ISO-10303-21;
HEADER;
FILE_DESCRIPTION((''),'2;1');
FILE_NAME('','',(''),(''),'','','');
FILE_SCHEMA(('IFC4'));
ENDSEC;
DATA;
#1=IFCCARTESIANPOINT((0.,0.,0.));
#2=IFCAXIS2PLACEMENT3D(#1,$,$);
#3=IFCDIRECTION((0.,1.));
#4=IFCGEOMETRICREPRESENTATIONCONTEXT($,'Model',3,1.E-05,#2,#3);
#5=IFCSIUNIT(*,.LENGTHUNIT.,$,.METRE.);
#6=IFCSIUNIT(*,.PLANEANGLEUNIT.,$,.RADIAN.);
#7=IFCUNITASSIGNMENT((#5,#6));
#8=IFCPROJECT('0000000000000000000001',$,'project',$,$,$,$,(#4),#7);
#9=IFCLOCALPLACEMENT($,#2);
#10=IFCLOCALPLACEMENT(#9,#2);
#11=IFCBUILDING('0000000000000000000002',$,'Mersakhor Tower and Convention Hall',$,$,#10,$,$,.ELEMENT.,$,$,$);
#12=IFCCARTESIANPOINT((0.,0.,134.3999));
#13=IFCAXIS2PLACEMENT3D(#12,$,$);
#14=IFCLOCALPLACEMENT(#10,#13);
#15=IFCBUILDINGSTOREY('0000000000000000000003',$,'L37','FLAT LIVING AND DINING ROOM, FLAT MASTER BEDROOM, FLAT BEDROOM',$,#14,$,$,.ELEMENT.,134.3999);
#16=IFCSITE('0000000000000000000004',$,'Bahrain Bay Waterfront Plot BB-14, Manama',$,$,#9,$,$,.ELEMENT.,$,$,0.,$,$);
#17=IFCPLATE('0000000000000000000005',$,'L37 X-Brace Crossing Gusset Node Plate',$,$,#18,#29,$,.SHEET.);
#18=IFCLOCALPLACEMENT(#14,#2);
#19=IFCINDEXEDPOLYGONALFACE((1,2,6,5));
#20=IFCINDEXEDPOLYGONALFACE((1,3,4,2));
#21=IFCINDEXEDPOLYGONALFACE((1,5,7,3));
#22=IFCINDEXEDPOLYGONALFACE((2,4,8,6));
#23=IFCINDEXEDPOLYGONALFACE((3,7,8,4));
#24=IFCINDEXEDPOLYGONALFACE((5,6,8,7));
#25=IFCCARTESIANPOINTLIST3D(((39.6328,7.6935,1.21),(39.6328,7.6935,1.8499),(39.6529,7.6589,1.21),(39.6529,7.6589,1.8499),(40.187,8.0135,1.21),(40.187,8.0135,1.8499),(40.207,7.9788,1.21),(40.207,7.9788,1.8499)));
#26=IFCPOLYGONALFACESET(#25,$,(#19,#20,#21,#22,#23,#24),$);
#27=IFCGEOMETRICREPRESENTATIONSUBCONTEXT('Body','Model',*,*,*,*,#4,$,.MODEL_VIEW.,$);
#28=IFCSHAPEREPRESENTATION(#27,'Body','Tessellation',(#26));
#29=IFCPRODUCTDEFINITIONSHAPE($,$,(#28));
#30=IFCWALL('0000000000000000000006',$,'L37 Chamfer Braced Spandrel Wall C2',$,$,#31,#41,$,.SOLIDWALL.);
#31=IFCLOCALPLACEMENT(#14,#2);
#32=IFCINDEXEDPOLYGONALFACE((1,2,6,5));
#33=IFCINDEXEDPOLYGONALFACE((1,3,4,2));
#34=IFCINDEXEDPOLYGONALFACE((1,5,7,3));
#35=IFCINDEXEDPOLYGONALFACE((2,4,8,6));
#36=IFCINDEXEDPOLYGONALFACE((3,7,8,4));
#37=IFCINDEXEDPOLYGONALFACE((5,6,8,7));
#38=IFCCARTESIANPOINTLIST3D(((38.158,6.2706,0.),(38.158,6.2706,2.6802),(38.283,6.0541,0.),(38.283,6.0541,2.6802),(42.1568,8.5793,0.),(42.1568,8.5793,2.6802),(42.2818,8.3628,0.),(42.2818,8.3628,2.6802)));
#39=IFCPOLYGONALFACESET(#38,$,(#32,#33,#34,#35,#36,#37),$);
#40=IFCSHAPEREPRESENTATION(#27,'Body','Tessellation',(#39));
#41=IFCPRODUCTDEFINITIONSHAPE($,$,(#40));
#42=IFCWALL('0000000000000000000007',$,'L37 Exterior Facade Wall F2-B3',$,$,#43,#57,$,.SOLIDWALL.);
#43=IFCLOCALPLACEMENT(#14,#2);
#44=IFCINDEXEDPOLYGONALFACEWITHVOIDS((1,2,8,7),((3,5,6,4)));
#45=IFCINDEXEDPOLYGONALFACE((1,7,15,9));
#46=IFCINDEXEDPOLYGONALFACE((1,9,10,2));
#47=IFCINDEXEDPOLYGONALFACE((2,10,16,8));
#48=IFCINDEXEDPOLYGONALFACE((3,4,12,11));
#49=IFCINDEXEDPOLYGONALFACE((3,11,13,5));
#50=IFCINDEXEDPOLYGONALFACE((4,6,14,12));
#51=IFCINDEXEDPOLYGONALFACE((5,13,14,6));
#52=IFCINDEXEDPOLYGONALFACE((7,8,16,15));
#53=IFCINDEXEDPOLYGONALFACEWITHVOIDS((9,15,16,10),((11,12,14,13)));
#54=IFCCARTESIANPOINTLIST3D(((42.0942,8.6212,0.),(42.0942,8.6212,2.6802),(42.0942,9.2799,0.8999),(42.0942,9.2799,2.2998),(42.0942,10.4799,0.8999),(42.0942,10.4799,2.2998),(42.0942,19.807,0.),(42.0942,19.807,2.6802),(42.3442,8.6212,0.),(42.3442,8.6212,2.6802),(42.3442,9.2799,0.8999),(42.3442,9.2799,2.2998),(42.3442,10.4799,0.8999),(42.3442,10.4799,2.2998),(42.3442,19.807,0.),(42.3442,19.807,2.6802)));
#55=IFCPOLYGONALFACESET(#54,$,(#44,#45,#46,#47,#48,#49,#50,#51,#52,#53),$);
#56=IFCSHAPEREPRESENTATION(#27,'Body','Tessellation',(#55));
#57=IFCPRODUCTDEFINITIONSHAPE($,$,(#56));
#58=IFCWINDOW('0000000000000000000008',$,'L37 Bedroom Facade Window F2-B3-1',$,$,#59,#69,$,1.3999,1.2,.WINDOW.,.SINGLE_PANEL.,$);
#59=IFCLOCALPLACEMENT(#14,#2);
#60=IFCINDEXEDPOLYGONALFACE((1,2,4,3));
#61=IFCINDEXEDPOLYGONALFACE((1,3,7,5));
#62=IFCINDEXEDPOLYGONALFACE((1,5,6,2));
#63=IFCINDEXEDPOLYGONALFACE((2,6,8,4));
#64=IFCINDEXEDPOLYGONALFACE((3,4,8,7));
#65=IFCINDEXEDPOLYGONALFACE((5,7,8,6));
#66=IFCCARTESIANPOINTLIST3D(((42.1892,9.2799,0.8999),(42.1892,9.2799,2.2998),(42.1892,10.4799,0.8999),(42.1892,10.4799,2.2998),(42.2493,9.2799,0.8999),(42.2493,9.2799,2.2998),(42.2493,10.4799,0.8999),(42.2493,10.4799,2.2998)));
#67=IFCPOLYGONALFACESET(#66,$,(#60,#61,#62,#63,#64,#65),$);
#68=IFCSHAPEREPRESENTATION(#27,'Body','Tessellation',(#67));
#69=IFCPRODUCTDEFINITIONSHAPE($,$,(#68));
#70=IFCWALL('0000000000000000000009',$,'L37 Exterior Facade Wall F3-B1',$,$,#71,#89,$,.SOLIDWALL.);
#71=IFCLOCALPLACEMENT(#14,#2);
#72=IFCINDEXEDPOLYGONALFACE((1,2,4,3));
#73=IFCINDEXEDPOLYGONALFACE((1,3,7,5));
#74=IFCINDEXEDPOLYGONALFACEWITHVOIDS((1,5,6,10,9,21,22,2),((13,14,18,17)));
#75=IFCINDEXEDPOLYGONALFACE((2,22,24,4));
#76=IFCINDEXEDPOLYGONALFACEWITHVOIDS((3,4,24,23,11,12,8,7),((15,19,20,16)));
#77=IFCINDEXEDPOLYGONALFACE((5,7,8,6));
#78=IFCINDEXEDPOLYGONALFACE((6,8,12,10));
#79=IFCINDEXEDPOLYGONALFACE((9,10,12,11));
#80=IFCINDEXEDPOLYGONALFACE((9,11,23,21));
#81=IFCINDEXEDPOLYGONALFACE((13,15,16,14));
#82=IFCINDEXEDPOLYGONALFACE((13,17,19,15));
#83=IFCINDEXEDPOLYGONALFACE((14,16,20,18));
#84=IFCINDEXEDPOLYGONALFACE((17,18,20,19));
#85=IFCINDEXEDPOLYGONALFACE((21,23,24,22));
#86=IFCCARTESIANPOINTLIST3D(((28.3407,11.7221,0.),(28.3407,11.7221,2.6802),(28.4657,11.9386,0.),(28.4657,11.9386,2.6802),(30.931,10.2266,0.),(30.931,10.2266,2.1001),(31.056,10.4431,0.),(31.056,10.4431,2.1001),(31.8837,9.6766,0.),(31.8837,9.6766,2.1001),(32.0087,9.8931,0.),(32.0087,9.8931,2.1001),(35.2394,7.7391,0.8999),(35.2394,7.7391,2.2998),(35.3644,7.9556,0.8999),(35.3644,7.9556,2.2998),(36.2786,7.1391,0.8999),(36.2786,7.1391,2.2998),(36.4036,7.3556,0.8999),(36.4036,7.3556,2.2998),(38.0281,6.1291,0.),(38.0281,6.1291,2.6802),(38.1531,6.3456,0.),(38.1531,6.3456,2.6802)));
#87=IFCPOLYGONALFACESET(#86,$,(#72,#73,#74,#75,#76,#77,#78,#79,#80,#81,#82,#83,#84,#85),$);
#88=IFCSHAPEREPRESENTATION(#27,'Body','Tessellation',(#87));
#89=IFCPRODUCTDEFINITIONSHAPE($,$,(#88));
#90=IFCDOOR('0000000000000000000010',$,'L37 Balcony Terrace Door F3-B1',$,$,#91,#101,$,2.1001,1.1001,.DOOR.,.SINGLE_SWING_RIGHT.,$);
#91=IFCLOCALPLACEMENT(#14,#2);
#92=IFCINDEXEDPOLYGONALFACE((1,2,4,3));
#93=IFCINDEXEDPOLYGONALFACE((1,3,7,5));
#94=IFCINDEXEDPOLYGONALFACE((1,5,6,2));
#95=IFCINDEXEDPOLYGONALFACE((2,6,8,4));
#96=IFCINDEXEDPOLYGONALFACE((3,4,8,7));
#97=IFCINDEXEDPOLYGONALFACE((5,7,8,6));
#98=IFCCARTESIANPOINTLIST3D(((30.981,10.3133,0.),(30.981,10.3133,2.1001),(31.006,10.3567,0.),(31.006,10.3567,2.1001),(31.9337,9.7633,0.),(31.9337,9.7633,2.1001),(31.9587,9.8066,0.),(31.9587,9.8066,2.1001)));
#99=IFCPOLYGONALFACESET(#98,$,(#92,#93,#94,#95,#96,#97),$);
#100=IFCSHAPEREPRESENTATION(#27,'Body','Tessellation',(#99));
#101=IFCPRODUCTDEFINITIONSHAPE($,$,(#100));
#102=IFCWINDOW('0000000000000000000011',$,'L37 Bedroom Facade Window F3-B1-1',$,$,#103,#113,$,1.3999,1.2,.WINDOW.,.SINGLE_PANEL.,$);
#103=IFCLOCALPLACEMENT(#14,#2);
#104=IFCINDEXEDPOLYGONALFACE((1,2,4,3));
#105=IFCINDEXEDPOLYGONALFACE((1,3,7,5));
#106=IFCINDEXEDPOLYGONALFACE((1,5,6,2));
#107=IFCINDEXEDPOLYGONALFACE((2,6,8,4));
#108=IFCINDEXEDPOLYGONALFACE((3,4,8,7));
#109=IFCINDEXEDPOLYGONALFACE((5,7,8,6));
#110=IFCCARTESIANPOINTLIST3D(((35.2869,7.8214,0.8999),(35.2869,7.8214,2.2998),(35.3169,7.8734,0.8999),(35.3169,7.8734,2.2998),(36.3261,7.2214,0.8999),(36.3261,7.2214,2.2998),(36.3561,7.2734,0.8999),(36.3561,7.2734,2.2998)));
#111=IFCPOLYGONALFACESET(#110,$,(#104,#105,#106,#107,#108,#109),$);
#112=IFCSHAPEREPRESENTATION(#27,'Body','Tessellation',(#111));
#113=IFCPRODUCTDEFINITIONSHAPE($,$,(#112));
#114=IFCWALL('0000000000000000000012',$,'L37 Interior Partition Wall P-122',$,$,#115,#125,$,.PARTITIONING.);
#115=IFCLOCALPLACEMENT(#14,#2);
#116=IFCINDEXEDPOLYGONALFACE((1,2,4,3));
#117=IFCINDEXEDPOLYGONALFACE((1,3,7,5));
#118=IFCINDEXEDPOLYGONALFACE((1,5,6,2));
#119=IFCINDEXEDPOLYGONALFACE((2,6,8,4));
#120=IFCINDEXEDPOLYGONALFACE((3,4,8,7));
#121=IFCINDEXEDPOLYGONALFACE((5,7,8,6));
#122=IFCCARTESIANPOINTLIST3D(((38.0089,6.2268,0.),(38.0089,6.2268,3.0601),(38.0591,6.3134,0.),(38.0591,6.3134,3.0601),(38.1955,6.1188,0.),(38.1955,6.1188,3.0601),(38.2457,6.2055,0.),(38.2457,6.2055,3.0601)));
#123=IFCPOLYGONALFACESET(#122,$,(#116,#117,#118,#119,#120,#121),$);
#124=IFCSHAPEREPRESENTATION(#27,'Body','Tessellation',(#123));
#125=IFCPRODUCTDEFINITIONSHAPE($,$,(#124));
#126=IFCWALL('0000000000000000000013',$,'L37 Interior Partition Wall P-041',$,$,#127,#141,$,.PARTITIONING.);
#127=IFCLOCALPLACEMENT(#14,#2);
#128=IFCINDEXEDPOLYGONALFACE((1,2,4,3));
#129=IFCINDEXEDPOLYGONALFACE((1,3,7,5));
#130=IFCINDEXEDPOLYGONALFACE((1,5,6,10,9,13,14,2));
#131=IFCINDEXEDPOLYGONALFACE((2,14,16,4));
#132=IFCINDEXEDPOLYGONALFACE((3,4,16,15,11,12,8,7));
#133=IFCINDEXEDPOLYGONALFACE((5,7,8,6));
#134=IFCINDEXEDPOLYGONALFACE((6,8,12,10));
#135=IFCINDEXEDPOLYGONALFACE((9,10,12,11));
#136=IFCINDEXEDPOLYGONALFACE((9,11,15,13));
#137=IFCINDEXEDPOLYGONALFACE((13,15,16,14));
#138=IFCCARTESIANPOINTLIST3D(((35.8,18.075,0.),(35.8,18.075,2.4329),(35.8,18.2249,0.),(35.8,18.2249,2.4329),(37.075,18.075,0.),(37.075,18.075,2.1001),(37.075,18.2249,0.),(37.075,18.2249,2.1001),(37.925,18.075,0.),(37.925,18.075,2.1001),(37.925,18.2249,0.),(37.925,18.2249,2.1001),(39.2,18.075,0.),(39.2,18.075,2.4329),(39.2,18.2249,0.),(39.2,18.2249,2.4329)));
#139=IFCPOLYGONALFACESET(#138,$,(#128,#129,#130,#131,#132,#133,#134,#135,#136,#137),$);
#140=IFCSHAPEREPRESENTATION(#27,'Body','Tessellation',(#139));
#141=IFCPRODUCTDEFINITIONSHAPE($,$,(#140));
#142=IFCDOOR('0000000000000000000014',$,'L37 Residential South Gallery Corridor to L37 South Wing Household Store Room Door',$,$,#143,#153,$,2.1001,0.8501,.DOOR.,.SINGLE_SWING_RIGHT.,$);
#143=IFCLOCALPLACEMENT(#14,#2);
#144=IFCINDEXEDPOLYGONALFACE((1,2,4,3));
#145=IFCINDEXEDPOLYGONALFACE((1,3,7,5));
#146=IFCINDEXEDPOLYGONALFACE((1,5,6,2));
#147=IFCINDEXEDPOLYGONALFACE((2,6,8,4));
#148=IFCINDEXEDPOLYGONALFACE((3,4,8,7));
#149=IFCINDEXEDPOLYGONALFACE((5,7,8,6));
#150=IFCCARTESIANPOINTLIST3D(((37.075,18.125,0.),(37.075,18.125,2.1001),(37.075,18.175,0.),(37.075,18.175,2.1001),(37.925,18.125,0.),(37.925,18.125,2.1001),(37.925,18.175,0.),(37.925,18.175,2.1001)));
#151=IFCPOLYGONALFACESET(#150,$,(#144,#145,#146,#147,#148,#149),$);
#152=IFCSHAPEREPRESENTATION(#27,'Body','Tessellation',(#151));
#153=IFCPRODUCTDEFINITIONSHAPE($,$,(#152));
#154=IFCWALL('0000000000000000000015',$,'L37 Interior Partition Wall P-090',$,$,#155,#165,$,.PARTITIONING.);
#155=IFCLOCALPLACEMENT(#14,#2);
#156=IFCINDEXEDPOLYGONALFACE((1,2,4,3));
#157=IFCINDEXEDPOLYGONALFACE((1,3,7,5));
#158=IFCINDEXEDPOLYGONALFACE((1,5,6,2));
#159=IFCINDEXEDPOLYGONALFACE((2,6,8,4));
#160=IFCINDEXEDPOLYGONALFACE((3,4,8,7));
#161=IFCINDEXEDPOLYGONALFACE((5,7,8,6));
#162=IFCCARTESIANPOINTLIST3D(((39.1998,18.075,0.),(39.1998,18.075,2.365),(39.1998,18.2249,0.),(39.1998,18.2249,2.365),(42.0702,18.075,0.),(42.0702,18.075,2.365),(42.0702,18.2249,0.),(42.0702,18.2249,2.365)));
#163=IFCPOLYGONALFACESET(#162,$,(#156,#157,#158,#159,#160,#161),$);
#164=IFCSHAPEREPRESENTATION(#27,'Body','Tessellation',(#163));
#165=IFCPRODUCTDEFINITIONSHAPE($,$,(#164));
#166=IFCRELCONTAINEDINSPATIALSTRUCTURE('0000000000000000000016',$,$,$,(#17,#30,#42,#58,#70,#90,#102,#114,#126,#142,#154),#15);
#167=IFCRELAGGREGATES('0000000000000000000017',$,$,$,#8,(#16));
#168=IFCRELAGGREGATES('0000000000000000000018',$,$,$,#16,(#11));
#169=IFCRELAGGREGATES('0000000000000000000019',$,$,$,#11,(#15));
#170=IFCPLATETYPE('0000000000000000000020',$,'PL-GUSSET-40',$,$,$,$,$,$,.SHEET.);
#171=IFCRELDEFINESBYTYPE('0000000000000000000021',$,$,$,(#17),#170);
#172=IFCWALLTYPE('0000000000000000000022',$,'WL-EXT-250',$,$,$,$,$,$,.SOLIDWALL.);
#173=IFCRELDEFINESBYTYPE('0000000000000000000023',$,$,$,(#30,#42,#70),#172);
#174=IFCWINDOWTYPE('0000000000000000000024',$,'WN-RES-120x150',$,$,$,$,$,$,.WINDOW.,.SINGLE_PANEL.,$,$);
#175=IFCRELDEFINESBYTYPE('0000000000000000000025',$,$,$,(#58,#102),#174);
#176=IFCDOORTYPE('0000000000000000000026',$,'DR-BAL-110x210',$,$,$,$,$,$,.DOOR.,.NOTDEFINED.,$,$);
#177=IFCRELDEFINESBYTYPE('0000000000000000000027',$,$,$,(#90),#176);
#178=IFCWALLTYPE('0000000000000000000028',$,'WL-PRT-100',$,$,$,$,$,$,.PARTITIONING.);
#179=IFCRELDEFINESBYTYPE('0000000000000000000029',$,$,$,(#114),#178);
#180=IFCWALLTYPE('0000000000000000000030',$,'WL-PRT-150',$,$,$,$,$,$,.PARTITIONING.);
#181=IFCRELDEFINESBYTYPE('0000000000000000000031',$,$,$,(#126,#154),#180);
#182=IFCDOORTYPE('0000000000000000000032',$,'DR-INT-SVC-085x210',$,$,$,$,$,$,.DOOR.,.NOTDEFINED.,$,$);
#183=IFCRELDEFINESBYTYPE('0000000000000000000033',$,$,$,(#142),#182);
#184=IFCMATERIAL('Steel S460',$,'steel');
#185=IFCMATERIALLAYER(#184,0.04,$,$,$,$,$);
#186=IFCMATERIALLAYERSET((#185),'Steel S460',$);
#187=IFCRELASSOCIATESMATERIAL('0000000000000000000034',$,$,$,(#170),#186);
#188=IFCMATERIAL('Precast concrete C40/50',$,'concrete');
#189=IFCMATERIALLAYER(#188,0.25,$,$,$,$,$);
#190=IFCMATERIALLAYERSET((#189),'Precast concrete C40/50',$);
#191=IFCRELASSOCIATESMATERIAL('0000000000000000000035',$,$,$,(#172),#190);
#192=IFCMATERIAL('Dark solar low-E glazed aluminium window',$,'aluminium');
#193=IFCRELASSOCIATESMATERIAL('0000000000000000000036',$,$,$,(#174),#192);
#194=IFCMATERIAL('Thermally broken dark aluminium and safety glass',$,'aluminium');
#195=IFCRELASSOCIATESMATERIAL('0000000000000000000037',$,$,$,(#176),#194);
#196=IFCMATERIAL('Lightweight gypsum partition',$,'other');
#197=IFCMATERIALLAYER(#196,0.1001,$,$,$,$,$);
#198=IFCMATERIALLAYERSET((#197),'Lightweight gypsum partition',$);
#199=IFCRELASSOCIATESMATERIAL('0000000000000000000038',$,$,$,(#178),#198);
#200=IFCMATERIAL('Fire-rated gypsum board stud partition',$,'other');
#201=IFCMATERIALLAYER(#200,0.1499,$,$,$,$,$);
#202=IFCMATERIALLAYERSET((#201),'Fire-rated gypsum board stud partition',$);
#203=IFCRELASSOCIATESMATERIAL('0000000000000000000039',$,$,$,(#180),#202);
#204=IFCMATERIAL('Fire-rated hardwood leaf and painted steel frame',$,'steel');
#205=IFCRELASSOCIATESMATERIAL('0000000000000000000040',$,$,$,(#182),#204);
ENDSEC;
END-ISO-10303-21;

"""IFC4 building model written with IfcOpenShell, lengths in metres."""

from ifc_helpers import new_model, si_unit, direction, frame, frame_2d, origin, origin_2d, place, context, subcontext, project, spatial, rectangle, extrude, material, layer, layer_set, type_object, element, fill, save


model = new_model("IFC4")

# Units and contexts
model_context = context("Model", 3, precision=1e-05, world=origin(), true_north=direction((0.0, 1.0)))
body_context = subcontext(model_context, "Body", "Model", "MODEL_VIEW")
ifc_project = project(units=[si_unit("LENGTHUNIT", "METRE"), si_unit("PLANEANGLEUNIT", "RADIAN")], contexts=[model_context])

# Site, building, storey
site_placement = place(None, origin())
site = spatial("IfcSite", under=ifc_project, at=site_placement, Name="Bahrain Bay Waterfront Plot BB-14, Manama", CompositionType="ELEMENT", RefElevation=0.0)
building_placement = place(site_placement, origin())
building = spatial("IfcBuilding", under=site, at=building_placement, Name="Mersakhor Tower and Convention Hall", CompositionType="ELEMENT")
storey_placement = place(building_placement, frame((0.0, 0.0, 134.3999)))
storey = spatial("IfcBuildingStorey", under=building, at=storey_placement, Name="L37", Description="FLAT LIVING AND DINING ROOM, FLAT MASTER BEDROOM, FLAT BEDROOM", CompositionType="ELEMENT", Elevation=134.3999)

# Plate
ifc_material_1 = material(Name="Steel S460", Category="steel")
ifc_layer_1 = layer(ifc_material_1, 0.04)
ifc_layer_set_1 = layer_set([ifc_layer_1], Name="Steel S460")
plate_type_1 = type_object("IfcPlateType", Name="PL-GUSSET-40", PredefinedType="SHEET", material=ifc_layer_set_1)
plate_1_placement = place(storey_placement, frame((39.9199, 7.8362, 1.21), z_axis=(0.0, 0.0, 1.0), x_axis=(0.866025, 0.5, 0.0)))
element("IfcPlate", 1, at=plate_1_placement, inside=storey, type_object=plate_type_1, Name="L37 X-Brace Crossing Gusset Node Plate", PredefinedType="SHEET", context=body_context, shape_type="SweptSolid", body=[
    extrude(rectangle(XDim=0.6399, YDim=0.04, at=origin_2d()), origin(), (0.0, 0.0, 1.0), 0.6399),
])

# Wall
ifc_material_2 = material(Name="Precast concrete C40/50", Category="concrete")
ifc_layer_2 = layer(ifc_material_2, 0.25)
ifc_layer_set_2 = layer_set([ifc_layer_2], Name="Precast concrete C40/50")
wall_type_1 = type_object("IfcWallType", Name="WL-EXT-250", PredefinedType="SOLIDWALL", material=ifc_layer_set_2)
wall_1_placement = place(storey_placement, frame((42.2192, 8.4709, 0.0), z_axis=(0.0, 0.0, 1.0), x_axis=(-0.866035, -0.499983, 0.0)))
element("IfcWall", 2, at=wall_1_placement, inside=storey, type_object=wall_type_1, Name="L37 Chamfer Braced Spandrel Wall C2", PredefinedType="SOLIDWALL", context=body_context, shape_type="SweptSolid", body=[
    extrude(rectangle(XDim=4.6174, YDim=0.25, at=frame_2d((2.3086, 0.0))), origin(), (0.0, 0.0, 1.0), 2.6802),
])

# Wall, opening, window
wall_2_placement = place(storey_placement, frame((42.2192, 19.8069, 0.0), z_axis=(0.0, 0.0, 1.0), x_axis=(0.0, -1.0, 0.0)))
wall_2 = element("IfcWall", 3, at=wall_2_placement, inside=storey, type_object=wall_type_1, Name="L37 Exterior Facade Wall F2-B3", PredefinedType="SOLIDWALL", context=body_context, shape_type="SweptSolid", body=[
    extrude(rectangle(XDim=11.1858, YDim=0.25, at=frame_2d((5.5928, 0.0))), origin(), (0.0, 0.0, 1.0), 2.6802),
])
opening_1_placement = place(wall_2_placement, frame((9.3269, 0.0, 0.8999)))
opening_1 = element("IfcOpeningElement", 4, at=opening_1_placement, cuts=wall_2, PredefinedType="OPENING", context=body_context, shape_type="SweptSolid", body=[
    extrude(rectangle(XDim=1.2, YDim=1.3999, at=frame_2d((0.6001, 0.7))), frame((0.0, 0.135, 0.0), z_axis=(0.0, -1.0, 0.0), x_axis=(1.0, 0.0, 0.0)), (0.0, 0.0, 1.0), 0.27),
])
ifc_material_3 = material(Name="Dark solar low-E glazed aluminium window", Category="aluminium")
window_type = type_object("IfcWindowType", Name="WN-RES-120x150", PartitioningType="SINGLE_PANEL", PredefinedType="WINDOW", material=ifc_material_3)
window_1_placement = place(opening_1_placement, origin())
window_1 = element("IfcWindow", 5, at=window_1_placement, inside=storey, type_object=window_type, Name="L37 Bedroom Facade Window F2-B3-1", OverallHeight=1.3999, OverallWidth=1.2, PartitioningType="SINGLE_PANEL", PredefinedType="WINDOW", context=body_context, shape_type="SweptSolid", body=[
    extrude(rectangle(XDim=1.2, YDim=1.3999, at=frame_2d((0.6001, 0.7))), frame((0.0, 0.03, 0.0), z_axis=(0.0, -1.0, 0.0), x_axis=(1.0, 0.0, 0.0)), (0.0, 0.0, 1.0), 0.0601),
])
fill(opening_1, window_1)

# Wall, openings, door, window
wall_3_placement = place(storey_placement, frame((38.0906, 6.2373, 0.0), z_axis=(0.0, 0.0, 1.0), x_axis=(-0.866022, 0.500005, 0.0)))
wall_3 = element("IfcWall", 6, at=wall_3_placement, inside=storey, type_object=wall_type_1, Name="L37 Exterior Facade Wall F3-B1", PredefinedType="SOLIDWALL", context=body_context, shape_type="SweptSolid", body=[
    extrude(rectangle(XDim=11.186, YDim=0.25, at=frame_2d((5.593, 0.0))), origin(), (0.0, 0.0, 1.0), 2.6802),
])
opening_2_placement = place(wall_3_placement, frame((7.095, 0.0, 0.0)))
opening_2 = element("IfcOpeningElement", 7, at=opening_2_placement, cuts=wall_3, PredefinedType="OPENING", context=body_context, shape_type="SweptSolid", body=[
    extrude(rectangle(XDim=1.1001, YDim=2.1001, at=frame_2d((0.55, 1.05))), frame((0.0, 0.135, 0.0), z_axis=(0.0, -1.0, 0.0), x_axis=(1.0, 0.0, 0.0)), (0.0, 0.0, 1.0), 0.27),
])
opening_3_placement = place(wall_3_placement, frame((2.02, 0.0, 0.8999)))
opening_3 = element("IfcOpeningElement", 8, at=opening_3_placement, cuts=wall_3, PredefinedType="OPENING", context=body_context, shape_type="SweptSolid", body=[
    extrude(rectangle(XDim=1.2, YDim=1.3999, at=frame_2d((0.6001, 0.7))), frame((0.0, 0.135, 0.0), z_axis=(0.0, -1.0, 0.0), x_axis=(1.0, 0.0, 0.0)), (0.0, 0.0, 1.0), 0.27),
])
ifc_material_4 = material(Name="Thermally broken dark aluminium and safety glass", Category="aluminium")
door_type_1 = type_object("IfcDoorType", Name="DR-BAL-110x210", OperationType="NOTDEFINED", PredefinedType="DOOR", material=ifc_material_4)
door_1_placement = place(opening_2_placement, origin())
door_1 = element("IfcDoor", 9, at=door_1_placement, inside=storey, type_object=door_type_1, Name="L37 Balcony Terrace Door F3-B1", OperationType="SINGLE_SWING_RIGHT", OverallHeight=2.1001, OverallWidth=1.1001, PredefinedType="DOOR", context=body_context, shape_type="SweptSolid", body=[
    extrude(rectangle(XDim=1.1001, YDim=2.1001, at=frame_2d((0.55, 1.05))), frame((0.0, 0.0249, 0.0), z_axis=(0.0, -1.0, 0.0), x_axis=(1.0, 0.0, 0.0)), (0.0, 0.0, 1.0), 0.05),
])
fill(opening_2, door_1)
window_2_placement = place(opening_3_placement, origin())
window_2 = element("IfcWindow", 10, at=window_2_placement, inside=storey, type_object=window_type, Name="L37 Bedroom Facade Window F3-B1-1", OverallHeight=1.3999, OverallWidth=1.2, PartitioningType="SINGLE_PANEL", PredefinedType="WINDOW", context=body_context, shape_type="SweptSolid", body=[
    extrude(rectangle(XDim=1.2, YDim=1.3999, at=frame_2d((0.6001, 0.7))), frame((0.0, 0.03, 0.0), z_axis=(0.0, -1.0, 0.0), x_axis=(1.0, 0.0, 0.0)), (0.0, 0.0, 1.0), 0.0601),
])
fill(opening_3, window_2)

# Wall
ifc_material_5 = material(Name="Lightweight gypsum partition", Category="other")
ifc_layer_3 = layer(ifc_material_5, 0.1001)
ifc_layer_set_3 = layer_set([ifc_layer_3], Name="Lightweight gypsum partition")
wall_type_2 = type_object("IfcWallType", Name="WL-PRT-100", PredefinedType="PARTITIONING", material=ifc_layer_set_3)
wall_4_placement = place(storey_placement, frame((38.2207, 6.1621, 0.0), z_axis=(0.0, 0.0, 1.0), x_axis=(-0.865581, 0.500768, 0.0)))
element("IfcWall", 11, at=wall_4_placement, inside=storey, type_object=wall_type_2, Name="L37 Interior Partition Wall P-122", PredefinedType="PARTITIONING", context=body_context, shape_type="SweptSolid", body=[
    extrude(rectangle(XDim=0.2156, YDim=0.1001, at=frame_2d((0.1079, 0.0))), origin(), (0.0, 0.0, 1.0), 3.0601),
])

# Wall, opening, door
ifc_material_6 = material(Name="Fire-rated gypsum board stud partition", Category="other")
ifc_layer_4 = layer(ifc_material_6, 0.1499)
ifc_layer_set_4 = layer_set([ifc_layer_4], Name="Fire-rated gypsum board stud partition")
wall_type_3 = type_object("IfcWallType", Name="WL-PRT-150", PredefinedType="PARTITIONING", material=ifc_layer_set_4)
wall_5_placement = place(storey_placement, frame((39.2, 18.1499, 0.0), z_axis=(0.0, 0.0, 1.0), x_axis=(-1.0, 0.0, 0.0)))
wall_5 = element("IfcWall", 12, at=wall_5_placement, inside=storey, type_object=wall_type_3, Name="L37 Interior Partition Wall P-041", PredefinedType="PARTITIONING", context=body_context, shape_type="SweptSolid", body=[
    extrude(rectangle(XDim=3.3999, YDim=0.1499, at=frame_2d((1.7, 0.0))), origin(), (0.0, 0.0, 1.0), 2.4329),
])
opening_4_placement = place(wall_5_placement, frame((1.2749, 0.0, 0.0)))
opening_4 = element("IfcOpeningElement", 13, at=opening_4_placement, cuts=wall_5, PredefinedType="OPENING", context=body_context, shape_type="SweptSolid", body=[
    extrude(rectangle(XDim=0.8501, YDim=2.1001, at=frame_2d((0.425, 1.05))), frame((0.0, 0.085, 0.0), z_axis=(0.0, -1.0, 0.0), x_axis=(1.0, 0.0, 0.0)), (0.0, 0.0, 1.0), 0.1699),
])
ifc_material_7 = material(Name="Fire-rated hardwood leaf and painted steel frame", Category="steel")
door_type_2 = type_object("IfcDoorType", Name="DR-INT-SVC-085x210", OperationType="NOTDEFINED", PredefinedType="DOOR", material=ifc_material_7)
door_2_placement = place(opening_4_placement, origin())
door_2 = element("IfcDoor", 14, at=door_2_placement, inside=storey, type_object=door_type_2, Name="L37 Residential South Gallery Corridor to L37 South Wing Household Store Room Door", OperationType="SINGLE_SWING_RIGHT", OverallHeight=2.1001, OverallWidth=0.8501, PredefinedType="DOOR", context=body_context, shape_type="SweptSolid", body=[
    extrude(rectangle(XDim=0.8501, YDim=2.1001, at=frame_2d((0.425, 1.05))), frame((0.0, 0.0249, 0.0), z_axis=(0.0, -1.0, 0.0), x_axis=(1.0, 0.0, 0.0)), (0.0, 0.0, 1.0), 0.05),
])
fill(opening_4, door_2)

# Wall
wall_6_placement = place(storey_placement, frame((39.2, 18.1499, 0.0), z_axis=(0.0, 0.0, 1.0), x_axis=(1.0, 0.0, 0.0)))
element("IfcWall", 15, at=wall_6_placement, inside=storey, type_object=wall_type_3, Name="L37 Interior Partition Wall P-090", PredefinedType="PARTITIONING", context=body_context, shape_type="SweptSolid", body=[
    extrude(rectangle(XDim=2.8704, YDim=0.1499, at=frame_2d((1.4351, 0.0))), origin(), (0.0, 0.0, 1.0), 2.365),
])

save(model, "model.ifc")
